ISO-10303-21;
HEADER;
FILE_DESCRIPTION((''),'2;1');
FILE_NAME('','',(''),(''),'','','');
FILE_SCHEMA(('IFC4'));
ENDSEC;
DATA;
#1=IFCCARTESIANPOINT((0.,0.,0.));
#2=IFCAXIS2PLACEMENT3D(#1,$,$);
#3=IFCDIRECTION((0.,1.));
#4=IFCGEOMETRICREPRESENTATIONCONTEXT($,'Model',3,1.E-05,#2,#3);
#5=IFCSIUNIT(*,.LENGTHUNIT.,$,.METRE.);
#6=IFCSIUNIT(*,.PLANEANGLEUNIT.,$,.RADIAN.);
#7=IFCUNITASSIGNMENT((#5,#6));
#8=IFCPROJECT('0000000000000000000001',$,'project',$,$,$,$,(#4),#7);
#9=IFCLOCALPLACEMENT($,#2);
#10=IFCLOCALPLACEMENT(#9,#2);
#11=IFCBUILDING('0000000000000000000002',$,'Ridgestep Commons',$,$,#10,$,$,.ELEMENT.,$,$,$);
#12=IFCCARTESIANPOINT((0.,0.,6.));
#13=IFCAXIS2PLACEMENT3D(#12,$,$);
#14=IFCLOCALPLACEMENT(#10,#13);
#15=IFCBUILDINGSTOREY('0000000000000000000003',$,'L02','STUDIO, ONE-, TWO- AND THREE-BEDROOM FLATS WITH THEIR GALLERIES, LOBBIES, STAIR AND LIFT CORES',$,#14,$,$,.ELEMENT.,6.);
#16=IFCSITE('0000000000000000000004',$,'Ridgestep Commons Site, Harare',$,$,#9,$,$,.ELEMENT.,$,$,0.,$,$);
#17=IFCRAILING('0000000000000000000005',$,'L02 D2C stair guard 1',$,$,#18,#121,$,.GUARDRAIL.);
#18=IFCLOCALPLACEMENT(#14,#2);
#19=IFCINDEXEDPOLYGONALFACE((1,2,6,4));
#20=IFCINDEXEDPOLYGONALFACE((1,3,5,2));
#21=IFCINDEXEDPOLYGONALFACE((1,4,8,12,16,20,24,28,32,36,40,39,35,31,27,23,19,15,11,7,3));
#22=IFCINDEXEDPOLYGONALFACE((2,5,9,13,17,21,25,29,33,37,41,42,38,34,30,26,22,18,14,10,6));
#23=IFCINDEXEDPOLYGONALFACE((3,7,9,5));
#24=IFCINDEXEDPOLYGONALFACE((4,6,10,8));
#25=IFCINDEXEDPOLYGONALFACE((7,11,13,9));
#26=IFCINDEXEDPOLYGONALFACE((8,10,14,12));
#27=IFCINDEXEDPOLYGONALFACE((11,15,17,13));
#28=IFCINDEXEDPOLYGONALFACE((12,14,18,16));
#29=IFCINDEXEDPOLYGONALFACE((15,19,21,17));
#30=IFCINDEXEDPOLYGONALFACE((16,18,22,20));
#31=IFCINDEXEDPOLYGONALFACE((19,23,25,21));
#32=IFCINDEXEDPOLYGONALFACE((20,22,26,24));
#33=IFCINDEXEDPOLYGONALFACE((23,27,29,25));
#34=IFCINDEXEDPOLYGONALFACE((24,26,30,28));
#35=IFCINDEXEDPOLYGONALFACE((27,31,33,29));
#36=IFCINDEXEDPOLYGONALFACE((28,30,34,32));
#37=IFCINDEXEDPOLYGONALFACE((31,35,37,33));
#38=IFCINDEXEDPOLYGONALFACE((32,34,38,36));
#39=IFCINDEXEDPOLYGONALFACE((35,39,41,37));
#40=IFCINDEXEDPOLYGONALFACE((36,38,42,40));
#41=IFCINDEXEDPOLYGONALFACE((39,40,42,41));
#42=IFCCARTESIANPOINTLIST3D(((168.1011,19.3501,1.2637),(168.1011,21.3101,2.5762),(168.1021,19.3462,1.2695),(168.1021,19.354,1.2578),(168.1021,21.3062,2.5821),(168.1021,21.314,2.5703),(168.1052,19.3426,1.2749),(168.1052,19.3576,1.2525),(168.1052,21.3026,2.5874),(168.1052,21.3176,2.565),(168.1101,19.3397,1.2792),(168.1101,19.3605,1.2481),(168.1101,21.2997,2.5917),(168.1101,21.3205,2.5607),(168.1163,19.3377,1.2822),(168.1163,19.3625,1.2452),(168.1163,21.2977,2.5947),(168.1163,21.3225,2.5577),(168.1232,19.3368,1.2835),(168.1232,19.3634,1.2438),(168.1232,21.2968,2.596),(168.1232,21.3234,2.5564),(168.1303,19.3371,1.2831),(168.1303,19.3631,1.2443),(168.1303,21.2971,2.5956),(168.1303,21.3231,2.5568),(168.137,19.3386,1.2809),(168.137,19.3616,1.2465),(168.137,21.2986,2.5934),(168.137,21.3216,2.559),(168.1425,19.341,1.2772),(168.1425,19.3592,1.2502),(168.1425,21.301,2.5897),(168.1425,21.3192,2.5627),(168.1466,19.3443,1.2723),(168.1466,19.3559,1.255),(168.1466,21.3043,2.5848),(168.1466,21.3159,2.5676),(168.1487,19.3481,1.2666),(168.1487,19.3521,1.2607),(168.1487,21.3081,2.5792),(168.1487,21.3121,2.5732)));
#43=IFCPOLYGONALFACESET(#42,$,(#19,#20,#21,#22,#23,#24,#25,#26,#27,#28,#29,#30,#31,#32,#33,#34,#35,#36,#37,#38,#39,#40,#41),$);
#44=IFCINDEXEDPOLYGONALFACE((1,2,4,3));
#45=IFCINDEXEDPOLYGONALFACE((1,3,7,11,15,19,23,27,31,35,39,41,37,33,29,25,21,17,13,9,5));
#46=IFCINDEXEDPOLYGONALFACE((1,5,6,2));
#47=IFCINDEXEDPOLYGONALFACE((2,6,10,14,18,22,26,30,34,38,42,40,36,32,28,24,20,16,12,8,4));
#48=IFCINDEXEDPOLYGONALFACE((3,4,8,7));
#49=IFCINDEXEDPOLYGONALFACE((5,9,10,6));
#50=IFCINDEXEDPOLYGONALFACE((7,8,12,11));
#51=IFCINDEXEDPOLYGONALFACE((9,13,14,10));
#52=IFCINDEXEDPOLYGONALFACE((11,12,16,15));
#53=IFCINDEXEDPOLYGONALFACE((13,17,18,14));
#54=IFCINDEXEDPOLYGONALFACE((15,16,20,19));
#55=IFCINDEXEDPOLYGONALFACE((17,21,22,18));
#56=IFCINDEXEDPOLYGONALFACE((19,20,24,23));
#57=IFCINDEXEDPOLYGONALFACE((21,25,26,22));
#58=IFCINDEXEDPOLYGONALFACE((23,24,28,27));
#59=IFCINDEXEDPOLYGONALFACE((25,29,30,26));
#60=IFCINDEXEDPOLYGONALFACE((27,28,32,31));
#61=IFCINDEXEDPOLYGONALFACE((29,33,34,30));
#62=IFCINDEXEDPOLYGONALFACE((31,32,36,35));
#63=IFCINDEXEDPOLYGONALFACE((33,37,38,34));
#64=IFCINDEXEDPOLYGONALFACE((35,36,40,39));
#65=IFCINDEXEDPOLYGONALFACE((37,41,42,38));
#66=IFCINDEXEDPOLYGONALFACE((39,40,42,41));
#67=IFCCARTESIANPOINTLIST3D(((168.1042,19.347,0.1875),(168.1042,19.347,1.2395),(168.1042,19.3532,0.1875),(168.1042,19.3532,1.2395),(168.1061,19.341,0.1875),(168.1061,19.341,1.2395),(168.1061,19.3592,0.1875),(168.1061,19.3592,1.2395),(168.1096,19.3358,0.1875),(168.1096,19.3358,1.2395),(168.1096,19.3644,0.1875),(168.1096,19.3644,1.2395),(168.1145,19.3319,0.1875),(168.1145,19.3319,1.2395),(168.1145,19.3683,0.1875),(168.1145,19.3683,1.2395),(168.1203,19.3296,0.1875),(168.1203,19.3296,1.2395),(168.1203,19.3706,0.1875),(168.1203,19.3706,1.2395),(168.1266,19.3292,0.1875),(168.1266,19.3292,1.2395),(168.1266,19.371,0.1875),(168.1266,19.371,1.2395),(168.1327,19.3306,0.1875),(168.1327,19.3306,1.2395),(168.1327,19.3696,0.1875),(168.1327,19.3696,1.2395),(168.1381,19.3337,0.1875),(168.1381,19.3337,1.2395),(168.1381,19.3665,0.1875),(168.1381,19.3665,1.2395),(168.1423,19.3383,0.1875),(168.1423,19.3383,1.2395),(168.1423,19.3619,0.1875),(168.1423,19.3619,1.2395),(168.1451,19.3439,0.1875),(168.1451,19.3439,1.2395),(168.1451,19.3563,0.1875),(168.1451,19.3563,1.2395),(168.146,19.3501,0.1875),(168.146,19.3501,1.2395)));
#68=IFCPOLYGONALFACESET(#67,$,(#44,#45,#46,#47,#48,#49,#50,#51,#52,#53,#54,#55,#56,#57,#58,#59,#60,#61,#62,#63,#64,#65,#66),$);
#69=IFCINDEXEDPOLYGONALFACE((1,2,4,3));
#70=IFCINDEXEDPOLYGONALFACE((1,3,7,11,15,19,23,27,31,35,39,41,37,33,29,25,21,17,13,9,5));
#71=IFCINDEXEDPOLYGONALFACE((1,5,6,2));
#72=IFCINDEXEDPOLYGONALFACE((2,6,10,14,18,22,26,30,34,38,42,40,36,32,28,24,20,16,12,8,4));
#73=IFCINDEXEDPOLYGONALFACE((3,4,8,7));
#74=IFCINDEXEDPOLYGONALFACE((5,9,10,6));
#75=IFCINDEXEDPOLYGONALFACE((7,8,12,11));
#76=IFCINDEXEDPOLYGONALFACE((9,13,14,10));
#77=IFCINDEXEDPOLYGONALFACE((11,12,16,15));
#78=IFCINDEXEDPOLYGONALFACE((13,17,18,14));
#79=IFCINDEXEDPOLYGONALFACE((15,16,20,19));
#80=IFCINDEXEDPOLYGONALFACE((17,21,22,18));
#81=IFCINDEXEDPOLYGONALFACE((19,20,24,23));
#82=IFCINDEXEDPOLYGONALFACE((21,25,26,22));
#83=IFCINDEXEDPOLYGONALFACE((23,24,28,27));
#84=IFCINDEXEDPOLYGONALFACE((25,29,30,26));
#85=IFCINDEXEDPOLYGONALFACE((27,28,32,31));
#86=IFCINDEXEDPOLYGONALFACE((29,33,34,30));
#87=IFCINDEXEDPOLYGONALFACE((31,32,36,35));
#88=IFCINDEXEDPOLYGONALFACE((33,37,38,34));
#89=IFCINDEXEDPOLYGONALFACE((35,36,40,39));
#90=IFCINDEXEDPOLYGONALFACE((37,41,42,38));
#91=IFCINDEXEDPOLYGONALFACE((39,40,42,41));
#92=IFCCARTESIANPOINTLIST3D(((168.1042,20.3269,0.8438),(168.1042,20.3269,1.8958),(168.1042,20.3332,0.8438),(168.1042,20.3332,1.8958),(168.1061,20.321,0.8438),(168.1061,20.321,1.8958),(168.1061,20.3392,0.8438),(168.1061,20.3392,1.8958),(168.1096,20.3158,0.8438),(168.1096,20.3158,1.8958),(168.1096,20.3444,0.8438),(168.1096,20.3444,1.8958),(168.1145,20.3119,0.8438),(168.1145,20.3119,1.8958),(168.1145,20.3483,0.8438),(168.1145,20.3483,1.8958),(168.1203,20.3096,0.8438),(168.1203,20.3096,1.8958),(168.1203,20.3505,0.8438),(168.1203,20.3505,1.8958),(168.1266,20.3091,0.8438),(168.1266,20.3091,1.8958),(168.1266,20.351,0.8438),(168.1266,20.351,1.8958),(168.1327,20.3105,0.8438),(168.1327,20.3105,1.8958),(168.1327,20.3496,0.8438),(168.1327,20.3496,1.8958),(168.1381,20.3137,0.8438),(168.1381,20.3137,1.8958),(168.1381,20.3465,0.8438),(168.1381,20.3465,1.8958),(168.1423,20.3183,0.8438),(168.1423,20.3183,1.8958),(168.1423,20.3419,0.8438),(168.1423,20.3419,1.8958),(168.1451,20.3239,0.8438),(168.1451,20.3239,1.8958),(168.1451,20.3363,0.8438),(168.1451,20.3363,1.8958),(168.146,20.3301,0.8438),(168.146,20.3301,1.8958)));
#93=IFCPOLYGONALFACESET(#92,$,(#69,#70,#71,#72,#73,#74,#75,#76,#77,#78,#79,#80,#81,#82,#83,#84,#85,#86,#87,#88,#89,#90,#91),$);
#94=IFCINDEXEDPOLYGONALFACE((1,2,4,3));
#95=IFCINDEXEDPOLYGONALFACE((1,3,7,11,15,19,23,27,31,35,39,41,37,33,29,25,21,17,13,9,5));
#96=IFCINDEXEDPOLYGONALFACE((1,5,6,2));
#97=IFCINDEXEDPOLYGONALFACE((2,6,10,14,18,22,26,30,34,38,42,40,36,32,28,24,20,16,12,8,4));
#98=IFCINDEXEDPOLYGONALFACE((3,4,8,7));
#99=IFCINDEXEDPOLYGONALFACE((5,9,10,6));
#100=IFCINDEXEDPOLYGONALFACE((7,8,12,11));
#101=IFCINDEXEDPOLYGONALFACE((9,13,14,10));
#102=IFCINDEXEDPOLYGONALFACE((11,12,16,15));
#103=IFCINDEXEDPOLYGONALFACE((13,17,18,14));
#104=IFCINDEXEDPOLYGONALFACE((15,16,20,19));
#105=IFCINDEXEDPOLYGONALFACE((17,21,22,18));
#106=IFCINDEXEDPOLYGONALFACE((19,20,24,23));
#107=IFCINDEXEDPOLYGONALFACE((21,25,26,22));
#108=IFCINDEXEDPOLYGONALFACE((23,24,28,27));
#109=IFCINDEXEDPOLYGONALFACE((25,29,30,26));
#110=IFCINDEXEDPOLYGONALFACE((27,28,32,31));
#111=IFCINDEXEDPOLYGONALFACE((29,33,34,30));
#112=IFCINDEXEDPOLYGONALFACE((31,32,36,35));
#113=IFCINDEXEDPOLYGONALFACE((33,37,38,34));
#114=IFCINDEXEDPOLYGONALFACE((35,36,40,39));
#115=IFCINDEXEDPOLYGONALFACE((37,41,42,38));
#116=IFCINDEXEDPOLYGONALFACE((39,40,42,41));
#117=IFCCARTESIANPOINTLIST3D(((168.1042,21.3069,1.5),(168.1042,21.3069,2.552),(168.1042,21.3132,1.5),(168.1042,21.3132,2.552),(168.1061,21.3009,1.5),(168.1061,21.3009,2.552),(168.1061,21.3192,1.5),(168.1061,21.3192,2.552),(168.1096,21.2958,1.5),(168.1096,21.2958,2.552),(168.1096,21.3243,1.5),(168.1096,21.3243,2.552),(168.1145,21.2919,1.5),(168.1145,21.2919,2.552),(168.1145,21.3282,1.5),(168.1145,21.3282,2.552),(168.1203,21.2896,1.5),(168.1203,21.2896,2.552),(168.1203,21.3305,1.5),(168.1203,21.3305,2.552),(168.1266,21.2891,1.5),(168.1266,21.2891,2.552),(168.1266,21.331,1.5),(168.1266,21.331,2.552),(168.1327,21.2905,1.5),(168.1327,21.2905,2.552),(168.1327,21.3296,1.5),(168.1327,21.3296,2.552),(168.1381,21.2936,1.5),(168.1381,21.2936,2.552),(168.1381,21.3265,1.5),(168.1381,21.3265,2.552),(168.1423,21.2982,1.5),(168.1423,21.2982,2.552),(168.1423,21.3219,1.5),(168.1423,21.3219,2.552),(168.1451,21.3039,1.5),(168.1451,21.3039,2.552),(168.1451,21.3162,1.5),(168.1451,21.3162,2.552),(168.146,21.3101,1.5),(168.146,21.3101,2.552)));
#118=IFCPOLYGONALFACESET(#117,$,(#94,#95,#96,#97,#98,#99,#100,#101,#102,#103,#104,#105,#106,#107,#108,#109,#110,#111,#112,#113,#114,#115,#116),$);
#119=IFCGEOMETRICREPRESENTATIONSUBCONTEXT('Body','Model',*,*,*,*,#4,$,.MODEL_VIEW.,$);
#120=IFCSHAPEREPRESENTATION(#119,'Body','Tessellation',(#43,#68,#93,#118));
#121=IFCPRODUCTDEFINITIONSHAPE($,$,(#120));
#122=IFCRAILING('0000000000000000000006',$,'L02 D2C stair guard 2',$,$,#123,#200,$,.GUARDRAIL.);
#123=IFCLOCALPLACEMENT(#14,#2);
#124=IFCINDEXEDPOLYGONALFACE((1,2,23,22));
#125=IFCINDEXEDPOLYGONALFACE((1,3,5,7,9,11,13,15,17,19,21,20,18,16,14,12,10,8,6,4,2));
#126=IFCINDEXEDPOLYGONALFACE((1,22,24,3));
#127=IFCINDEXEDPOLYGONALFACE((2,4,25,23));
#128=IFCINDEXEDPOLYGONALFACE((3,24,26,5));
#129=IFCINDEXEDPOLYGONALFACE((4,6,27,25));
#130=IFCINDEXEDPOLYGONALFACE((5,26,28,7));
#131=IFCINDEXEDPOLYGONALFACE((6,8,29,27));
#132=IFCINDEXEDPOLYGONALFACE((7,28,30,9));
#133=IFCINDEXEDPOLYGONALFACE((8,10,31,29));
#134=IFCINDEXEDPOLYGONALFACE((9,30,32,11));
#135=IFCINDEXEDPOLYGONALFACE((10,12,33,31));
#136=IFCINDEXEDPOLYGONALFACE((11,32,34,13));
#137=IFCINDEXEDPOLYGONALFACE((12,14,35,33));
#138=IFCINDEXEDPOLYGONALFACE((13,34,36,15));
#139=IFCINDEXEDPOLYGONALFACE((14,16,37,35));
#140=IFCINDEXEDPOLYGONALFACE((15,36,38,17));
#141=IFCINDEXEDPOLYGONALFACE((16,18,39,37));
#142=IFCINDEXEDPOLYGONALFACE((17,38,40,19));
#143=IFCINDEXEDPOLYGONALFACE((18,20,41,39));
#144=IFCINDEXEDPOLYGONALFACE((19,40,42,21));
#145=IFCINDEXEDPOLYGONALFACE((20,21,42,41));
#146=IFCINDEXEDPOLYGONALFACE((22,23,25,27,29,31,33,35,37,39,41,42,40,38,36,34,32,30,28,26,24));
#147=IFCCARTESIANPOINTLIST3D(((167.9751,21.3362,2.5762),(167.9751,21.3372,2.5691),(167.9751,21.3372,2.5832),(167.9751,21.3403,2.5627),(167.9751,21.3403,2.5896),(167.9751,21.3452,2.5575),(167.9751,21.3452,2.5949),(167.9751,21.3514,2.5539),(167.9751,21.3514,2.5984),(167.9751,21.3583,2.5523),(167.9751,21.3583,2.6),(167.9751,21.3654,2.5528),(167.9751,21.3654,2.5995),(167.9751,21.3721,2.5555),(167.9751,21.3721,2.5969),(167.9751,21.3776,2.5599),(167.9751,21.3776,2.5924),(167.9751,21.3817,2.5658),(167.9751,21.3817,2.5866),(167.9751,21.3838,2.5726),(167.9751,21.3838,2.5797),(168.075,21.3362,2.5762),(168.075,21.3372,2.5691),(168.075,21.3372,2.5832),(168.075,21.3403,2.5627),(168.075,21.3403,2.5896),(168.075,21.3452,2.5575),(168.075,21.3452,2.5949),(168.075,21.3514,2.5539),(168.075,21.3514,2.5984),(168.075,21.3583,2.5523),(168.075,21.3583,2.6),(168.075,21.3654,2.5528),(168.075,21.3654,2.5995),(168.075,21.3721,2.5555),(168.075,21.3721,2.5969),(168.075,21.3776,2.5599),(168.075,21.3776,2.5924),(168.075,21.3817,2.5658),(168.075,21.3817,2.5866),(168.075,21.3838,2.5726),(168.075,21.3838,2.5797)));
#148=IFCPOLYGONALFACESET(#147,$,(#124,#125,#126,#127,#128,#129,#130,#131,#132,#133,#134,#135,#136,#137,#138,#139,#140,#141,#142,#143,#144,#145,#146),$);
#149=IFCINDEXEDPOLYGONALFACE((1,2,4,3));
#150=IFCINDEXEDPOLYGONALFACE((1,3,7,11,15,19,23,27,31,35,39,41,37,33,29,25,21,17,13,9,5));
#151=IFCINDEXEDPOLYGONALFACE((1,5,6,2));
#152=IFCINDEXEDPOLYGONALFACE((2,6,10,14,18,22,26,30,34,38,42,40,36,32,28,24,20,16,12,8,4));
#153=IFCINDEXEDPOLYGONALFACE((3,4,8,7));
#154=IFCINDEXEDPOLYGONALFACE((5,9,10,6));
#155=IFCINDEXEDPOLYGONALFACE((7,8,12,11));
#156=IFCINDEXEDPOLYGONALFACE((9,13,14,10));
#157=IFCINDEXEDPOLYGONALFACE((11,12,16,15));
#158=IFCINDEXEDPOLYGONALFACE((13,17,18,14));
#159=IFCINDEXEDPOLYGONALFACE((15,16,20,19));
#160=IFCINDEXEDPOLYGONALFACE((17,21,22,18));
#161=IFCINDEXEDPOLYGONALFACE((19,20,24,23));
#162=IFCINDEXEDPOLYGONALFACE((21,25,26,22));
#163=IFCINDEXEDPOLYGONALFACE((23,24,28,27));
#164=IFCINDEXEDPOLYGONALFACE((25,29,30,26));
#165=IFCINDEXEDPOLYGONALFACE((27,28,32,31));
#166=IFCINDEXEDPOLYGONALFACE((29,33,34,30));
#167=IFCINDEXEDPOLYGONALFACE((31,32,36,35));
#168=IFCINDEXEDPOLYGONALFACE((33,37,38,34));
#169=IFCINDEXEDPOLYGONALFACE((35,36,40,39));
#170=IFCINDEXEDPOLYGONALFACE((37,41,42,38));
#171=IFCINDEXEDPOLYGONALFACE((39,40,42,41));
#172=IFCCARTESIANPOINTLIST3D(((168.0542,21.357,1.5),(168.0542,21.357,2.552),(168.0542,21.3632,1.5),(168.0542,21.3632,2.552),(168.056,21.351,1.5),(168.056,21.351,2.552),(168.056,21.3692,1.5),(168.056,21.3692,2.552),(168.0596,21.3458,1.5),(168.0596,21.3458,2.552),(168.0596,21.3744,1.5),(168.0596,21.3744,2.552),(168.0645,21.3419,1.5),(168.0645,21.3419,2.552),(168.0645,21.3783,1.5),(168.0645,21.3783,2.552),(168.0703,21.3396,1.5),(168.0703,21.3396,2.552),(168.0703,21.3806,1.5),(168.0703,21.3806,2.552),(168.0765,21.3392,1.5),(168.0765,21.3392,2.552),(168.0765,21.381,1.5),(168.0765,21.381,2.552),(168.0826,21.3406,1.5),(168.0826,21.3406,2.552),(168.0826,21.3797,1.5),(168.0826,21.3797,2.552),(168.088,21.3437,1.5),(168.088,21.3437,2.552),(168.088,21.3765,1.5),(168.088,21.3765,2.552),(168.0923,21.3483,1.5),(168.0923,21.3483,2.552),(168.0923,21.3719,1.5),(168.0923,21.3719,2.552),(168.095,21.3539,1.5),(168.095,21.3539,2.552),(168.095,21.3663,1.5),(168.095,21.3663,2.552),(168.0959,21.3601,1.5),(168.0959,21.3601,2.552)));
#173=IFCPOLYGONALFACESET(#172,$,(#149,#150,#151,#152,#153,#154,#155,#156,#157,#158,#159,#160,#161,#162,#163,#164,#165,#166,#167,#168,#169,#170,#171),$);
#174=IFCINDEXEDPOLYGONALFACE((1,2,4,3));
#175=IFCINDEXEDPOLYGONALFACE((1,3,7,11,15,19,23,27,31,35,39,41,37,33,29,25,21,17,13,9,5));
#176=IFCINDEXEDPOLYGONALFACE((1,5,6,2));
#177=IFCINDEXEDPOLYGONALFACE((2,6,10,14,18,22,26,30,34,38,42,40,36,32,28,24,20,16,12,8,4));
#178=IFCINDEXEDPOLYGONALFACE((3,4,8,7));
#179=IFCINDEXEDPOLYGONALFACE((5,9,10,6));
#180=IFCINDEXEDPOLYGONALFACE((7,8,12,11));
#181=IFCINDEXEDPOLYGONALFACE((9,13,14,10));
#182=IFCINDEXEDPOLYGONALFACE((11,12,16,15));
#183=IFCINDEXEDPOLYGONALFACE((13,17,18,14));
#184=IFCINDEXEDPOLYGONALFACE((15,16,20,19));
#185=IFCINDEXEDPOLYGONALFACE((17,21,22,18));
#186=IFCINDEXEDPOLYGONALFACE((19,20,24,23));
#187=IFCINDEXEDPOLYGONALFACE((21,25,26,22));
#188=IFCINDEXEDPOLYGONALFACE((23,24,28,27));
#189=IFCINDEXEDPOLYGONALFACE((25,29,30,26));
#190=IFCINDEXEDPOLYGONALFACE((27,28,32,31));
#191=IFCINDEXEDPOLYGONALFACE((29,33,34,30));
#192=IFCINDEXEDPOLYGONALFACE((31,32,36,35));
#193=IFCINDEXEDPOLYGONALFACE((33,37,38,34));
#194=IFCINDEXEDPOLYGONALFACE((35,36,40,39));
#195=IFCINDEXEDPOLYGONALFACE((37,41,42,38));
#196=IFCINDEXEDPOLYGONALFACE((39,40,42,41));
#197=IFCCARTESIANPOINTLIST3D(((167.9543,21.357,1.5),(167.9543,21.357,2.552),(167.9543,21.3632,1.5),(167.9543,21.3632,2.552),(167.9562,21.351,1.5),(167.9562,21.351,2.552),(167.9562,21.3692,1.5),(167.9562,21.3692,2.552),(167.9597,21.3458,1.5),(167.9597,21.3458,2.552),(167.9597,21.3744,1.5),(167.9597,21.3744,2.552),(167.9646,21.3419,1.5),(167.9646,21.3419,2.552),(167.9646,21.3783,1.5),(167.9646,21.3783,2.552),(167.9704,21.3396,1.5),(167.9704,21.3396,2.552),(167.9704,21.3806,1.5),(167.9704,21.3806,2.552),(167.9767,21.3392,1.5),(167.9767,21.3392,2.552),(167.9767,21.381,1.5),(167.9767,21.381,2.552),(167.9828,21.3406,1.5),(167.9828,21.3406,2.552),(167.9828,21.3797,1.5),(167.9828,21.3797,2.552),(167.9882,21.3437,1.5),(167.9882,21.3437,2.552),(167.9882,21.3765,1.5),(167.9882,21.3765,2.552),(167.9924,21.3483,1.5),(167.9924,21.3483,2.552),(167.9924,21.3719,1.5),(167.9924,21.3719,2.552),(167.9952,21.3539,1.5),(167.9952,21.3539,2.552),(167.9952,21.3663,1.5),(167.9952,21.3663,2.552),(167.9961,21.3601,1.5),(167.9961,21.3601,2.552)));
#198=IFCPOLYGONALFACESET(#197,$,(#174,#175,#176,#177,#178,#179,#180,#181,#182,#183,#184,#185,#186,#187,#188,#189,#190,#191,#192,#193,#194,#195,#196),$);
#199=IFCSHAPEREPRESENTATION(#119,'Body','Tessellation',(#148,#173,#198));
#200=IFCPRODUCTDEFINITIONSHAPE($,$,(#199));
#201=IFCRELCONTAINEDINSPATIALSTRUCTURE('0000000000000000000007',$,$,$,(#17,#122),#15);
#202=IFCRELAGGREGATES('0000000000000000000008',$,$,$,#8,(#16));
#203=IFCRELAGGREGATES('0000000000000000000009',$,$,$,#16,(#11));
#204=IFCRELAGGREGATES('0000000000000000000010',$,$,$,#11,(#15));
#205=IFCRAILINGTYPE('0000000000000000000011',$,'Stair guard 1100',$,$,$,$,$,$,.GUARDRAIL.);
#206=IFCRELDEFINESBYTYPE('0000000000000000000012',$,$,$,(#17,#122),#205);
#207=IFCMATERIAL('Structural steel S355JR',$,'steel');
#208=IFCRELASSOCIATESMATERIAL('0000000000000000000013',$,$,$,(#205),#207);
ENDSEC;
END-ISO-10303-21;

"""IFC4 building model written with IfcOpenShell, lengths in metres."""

from ifc_helpers import new_model, si_unit, direction, frame, origin, origin_2d, place, context, subcontext, project, spatial, circle, extrude, material, type_object, element, save


model = new_model("IFC4")

# Units and contexts
model_context = context("Model", 3, precision=1e-05, world=origin(), true_north=direction((0.0, 1.0)))
body_context = subcontext(model_context, "Body", "Model", "MODEL_VIEW")
ifc_project = project(units=[si_unit("LENGTHUNIT", "METRE"), si_unit("PLANEANGLEUNIT", "RADIAN")], contexts=[model_context])

# Site, building, storey
site_placement = place(None, origin())
site = spatial("IfcSite", under=ifc_project, at=site_placement, Name="Ridgestep Commons Site, Harare", CompositionType="ELEMENT", RefElevation=0.0)
building_placement = place(site_placement, origin())
building = spatial("IfcBuilding", under=site, at=building_placement, Name="Ridgestep Commons", CompositionType="ELEMENT")
storey_placement = place(building_placement, frame((0.0, 0.0, 6.0)))
storey = spatial("IfcBuildingStorey", under=building, at=storey_placement, Name="L02", Description="STUDIO, ONE-, TWO- AND THREE-BEDROOM FLATS WITH THEIR GALLERIES, LOBBIES, STAIR AND LIFT CORES", CompositionType="ELEMENT", Elevation=6.0)

# Railings
ifc_material_1 = material(Name="Structural steel S355JR", Category="steel")
railing_type_1 = type_object("IfcRailingType", Name="Stair guard 1100", PredefinedType="GUARDRAIL", material=ifc_material_1)
railing_1_placement = place(storey_placement, frame((168.125, 19.3501, 0.1875)))
element("IfcRailing", 1, at=railing_1_placement, inside=storey, type_object=railing_type_1, Name="L02 D2C stair guard 1", PredefinedType="GUARDRAIL", context=body_context, shape_type="SweptSolid", body=[
    extrude(circle(Radius=0.0239, at=origin_2d()), frame((0.0, 0.0, 1.0762), z_axis=(0.0, 0.830902, 0.556419), x_axis=(-1.0, 0.0, 0.0)), (0.0, 0.0, 1.0), 2.3589),
    extrude(circle(Radius=0.021, at=origin_2d()), origin(), (0.0, 0.0, 1.0), 1.052),
    extrude(circle(Radius=0.021, at=origin_2d()), frame((0.0, 0.98, 0.6562)), (0.0, 0.0, 1.0), 1.052),
    extrude(circle(Radius=0.021, at=origin_2d()), frame((0.0, 1.96, 1.3125)), (0.0, 0.0, 1.0), 1.052),
])
railing_2_placement = place(storey_placement, frame((168.075, 21.3601, 1.5)))
element("IfcRailing", 2, at=railing_2_placement, inside=storey, type_object=railing_type_1, Name="L02 D2C stair guard 2", PredefinedType="GUARDRAIL", context=body_context, shape_type="SweptSolid", body=[
    extrude(circle(Radius=0.0239, at=origin_2d()), frame((0.0, 0.0, 1.0762), z_axis=(-1.0, 0.0, 0.0), x_axis=(0.0, -1.0, 0.0)), (0.0, 0.0, 1.0), 0.0999),
    extrude(circle(Radius=0.021, at=origin_2d()), origin(), (0.0, 0.0, 1.0), 1.052),
    extrude(circle(Radius=0.021, at=origin_2d()), frame((-0.0999, 0.0, 0.0)), (0.0, 0.0, 1.0), 1.052),
])

save(model, "model.ifc")
